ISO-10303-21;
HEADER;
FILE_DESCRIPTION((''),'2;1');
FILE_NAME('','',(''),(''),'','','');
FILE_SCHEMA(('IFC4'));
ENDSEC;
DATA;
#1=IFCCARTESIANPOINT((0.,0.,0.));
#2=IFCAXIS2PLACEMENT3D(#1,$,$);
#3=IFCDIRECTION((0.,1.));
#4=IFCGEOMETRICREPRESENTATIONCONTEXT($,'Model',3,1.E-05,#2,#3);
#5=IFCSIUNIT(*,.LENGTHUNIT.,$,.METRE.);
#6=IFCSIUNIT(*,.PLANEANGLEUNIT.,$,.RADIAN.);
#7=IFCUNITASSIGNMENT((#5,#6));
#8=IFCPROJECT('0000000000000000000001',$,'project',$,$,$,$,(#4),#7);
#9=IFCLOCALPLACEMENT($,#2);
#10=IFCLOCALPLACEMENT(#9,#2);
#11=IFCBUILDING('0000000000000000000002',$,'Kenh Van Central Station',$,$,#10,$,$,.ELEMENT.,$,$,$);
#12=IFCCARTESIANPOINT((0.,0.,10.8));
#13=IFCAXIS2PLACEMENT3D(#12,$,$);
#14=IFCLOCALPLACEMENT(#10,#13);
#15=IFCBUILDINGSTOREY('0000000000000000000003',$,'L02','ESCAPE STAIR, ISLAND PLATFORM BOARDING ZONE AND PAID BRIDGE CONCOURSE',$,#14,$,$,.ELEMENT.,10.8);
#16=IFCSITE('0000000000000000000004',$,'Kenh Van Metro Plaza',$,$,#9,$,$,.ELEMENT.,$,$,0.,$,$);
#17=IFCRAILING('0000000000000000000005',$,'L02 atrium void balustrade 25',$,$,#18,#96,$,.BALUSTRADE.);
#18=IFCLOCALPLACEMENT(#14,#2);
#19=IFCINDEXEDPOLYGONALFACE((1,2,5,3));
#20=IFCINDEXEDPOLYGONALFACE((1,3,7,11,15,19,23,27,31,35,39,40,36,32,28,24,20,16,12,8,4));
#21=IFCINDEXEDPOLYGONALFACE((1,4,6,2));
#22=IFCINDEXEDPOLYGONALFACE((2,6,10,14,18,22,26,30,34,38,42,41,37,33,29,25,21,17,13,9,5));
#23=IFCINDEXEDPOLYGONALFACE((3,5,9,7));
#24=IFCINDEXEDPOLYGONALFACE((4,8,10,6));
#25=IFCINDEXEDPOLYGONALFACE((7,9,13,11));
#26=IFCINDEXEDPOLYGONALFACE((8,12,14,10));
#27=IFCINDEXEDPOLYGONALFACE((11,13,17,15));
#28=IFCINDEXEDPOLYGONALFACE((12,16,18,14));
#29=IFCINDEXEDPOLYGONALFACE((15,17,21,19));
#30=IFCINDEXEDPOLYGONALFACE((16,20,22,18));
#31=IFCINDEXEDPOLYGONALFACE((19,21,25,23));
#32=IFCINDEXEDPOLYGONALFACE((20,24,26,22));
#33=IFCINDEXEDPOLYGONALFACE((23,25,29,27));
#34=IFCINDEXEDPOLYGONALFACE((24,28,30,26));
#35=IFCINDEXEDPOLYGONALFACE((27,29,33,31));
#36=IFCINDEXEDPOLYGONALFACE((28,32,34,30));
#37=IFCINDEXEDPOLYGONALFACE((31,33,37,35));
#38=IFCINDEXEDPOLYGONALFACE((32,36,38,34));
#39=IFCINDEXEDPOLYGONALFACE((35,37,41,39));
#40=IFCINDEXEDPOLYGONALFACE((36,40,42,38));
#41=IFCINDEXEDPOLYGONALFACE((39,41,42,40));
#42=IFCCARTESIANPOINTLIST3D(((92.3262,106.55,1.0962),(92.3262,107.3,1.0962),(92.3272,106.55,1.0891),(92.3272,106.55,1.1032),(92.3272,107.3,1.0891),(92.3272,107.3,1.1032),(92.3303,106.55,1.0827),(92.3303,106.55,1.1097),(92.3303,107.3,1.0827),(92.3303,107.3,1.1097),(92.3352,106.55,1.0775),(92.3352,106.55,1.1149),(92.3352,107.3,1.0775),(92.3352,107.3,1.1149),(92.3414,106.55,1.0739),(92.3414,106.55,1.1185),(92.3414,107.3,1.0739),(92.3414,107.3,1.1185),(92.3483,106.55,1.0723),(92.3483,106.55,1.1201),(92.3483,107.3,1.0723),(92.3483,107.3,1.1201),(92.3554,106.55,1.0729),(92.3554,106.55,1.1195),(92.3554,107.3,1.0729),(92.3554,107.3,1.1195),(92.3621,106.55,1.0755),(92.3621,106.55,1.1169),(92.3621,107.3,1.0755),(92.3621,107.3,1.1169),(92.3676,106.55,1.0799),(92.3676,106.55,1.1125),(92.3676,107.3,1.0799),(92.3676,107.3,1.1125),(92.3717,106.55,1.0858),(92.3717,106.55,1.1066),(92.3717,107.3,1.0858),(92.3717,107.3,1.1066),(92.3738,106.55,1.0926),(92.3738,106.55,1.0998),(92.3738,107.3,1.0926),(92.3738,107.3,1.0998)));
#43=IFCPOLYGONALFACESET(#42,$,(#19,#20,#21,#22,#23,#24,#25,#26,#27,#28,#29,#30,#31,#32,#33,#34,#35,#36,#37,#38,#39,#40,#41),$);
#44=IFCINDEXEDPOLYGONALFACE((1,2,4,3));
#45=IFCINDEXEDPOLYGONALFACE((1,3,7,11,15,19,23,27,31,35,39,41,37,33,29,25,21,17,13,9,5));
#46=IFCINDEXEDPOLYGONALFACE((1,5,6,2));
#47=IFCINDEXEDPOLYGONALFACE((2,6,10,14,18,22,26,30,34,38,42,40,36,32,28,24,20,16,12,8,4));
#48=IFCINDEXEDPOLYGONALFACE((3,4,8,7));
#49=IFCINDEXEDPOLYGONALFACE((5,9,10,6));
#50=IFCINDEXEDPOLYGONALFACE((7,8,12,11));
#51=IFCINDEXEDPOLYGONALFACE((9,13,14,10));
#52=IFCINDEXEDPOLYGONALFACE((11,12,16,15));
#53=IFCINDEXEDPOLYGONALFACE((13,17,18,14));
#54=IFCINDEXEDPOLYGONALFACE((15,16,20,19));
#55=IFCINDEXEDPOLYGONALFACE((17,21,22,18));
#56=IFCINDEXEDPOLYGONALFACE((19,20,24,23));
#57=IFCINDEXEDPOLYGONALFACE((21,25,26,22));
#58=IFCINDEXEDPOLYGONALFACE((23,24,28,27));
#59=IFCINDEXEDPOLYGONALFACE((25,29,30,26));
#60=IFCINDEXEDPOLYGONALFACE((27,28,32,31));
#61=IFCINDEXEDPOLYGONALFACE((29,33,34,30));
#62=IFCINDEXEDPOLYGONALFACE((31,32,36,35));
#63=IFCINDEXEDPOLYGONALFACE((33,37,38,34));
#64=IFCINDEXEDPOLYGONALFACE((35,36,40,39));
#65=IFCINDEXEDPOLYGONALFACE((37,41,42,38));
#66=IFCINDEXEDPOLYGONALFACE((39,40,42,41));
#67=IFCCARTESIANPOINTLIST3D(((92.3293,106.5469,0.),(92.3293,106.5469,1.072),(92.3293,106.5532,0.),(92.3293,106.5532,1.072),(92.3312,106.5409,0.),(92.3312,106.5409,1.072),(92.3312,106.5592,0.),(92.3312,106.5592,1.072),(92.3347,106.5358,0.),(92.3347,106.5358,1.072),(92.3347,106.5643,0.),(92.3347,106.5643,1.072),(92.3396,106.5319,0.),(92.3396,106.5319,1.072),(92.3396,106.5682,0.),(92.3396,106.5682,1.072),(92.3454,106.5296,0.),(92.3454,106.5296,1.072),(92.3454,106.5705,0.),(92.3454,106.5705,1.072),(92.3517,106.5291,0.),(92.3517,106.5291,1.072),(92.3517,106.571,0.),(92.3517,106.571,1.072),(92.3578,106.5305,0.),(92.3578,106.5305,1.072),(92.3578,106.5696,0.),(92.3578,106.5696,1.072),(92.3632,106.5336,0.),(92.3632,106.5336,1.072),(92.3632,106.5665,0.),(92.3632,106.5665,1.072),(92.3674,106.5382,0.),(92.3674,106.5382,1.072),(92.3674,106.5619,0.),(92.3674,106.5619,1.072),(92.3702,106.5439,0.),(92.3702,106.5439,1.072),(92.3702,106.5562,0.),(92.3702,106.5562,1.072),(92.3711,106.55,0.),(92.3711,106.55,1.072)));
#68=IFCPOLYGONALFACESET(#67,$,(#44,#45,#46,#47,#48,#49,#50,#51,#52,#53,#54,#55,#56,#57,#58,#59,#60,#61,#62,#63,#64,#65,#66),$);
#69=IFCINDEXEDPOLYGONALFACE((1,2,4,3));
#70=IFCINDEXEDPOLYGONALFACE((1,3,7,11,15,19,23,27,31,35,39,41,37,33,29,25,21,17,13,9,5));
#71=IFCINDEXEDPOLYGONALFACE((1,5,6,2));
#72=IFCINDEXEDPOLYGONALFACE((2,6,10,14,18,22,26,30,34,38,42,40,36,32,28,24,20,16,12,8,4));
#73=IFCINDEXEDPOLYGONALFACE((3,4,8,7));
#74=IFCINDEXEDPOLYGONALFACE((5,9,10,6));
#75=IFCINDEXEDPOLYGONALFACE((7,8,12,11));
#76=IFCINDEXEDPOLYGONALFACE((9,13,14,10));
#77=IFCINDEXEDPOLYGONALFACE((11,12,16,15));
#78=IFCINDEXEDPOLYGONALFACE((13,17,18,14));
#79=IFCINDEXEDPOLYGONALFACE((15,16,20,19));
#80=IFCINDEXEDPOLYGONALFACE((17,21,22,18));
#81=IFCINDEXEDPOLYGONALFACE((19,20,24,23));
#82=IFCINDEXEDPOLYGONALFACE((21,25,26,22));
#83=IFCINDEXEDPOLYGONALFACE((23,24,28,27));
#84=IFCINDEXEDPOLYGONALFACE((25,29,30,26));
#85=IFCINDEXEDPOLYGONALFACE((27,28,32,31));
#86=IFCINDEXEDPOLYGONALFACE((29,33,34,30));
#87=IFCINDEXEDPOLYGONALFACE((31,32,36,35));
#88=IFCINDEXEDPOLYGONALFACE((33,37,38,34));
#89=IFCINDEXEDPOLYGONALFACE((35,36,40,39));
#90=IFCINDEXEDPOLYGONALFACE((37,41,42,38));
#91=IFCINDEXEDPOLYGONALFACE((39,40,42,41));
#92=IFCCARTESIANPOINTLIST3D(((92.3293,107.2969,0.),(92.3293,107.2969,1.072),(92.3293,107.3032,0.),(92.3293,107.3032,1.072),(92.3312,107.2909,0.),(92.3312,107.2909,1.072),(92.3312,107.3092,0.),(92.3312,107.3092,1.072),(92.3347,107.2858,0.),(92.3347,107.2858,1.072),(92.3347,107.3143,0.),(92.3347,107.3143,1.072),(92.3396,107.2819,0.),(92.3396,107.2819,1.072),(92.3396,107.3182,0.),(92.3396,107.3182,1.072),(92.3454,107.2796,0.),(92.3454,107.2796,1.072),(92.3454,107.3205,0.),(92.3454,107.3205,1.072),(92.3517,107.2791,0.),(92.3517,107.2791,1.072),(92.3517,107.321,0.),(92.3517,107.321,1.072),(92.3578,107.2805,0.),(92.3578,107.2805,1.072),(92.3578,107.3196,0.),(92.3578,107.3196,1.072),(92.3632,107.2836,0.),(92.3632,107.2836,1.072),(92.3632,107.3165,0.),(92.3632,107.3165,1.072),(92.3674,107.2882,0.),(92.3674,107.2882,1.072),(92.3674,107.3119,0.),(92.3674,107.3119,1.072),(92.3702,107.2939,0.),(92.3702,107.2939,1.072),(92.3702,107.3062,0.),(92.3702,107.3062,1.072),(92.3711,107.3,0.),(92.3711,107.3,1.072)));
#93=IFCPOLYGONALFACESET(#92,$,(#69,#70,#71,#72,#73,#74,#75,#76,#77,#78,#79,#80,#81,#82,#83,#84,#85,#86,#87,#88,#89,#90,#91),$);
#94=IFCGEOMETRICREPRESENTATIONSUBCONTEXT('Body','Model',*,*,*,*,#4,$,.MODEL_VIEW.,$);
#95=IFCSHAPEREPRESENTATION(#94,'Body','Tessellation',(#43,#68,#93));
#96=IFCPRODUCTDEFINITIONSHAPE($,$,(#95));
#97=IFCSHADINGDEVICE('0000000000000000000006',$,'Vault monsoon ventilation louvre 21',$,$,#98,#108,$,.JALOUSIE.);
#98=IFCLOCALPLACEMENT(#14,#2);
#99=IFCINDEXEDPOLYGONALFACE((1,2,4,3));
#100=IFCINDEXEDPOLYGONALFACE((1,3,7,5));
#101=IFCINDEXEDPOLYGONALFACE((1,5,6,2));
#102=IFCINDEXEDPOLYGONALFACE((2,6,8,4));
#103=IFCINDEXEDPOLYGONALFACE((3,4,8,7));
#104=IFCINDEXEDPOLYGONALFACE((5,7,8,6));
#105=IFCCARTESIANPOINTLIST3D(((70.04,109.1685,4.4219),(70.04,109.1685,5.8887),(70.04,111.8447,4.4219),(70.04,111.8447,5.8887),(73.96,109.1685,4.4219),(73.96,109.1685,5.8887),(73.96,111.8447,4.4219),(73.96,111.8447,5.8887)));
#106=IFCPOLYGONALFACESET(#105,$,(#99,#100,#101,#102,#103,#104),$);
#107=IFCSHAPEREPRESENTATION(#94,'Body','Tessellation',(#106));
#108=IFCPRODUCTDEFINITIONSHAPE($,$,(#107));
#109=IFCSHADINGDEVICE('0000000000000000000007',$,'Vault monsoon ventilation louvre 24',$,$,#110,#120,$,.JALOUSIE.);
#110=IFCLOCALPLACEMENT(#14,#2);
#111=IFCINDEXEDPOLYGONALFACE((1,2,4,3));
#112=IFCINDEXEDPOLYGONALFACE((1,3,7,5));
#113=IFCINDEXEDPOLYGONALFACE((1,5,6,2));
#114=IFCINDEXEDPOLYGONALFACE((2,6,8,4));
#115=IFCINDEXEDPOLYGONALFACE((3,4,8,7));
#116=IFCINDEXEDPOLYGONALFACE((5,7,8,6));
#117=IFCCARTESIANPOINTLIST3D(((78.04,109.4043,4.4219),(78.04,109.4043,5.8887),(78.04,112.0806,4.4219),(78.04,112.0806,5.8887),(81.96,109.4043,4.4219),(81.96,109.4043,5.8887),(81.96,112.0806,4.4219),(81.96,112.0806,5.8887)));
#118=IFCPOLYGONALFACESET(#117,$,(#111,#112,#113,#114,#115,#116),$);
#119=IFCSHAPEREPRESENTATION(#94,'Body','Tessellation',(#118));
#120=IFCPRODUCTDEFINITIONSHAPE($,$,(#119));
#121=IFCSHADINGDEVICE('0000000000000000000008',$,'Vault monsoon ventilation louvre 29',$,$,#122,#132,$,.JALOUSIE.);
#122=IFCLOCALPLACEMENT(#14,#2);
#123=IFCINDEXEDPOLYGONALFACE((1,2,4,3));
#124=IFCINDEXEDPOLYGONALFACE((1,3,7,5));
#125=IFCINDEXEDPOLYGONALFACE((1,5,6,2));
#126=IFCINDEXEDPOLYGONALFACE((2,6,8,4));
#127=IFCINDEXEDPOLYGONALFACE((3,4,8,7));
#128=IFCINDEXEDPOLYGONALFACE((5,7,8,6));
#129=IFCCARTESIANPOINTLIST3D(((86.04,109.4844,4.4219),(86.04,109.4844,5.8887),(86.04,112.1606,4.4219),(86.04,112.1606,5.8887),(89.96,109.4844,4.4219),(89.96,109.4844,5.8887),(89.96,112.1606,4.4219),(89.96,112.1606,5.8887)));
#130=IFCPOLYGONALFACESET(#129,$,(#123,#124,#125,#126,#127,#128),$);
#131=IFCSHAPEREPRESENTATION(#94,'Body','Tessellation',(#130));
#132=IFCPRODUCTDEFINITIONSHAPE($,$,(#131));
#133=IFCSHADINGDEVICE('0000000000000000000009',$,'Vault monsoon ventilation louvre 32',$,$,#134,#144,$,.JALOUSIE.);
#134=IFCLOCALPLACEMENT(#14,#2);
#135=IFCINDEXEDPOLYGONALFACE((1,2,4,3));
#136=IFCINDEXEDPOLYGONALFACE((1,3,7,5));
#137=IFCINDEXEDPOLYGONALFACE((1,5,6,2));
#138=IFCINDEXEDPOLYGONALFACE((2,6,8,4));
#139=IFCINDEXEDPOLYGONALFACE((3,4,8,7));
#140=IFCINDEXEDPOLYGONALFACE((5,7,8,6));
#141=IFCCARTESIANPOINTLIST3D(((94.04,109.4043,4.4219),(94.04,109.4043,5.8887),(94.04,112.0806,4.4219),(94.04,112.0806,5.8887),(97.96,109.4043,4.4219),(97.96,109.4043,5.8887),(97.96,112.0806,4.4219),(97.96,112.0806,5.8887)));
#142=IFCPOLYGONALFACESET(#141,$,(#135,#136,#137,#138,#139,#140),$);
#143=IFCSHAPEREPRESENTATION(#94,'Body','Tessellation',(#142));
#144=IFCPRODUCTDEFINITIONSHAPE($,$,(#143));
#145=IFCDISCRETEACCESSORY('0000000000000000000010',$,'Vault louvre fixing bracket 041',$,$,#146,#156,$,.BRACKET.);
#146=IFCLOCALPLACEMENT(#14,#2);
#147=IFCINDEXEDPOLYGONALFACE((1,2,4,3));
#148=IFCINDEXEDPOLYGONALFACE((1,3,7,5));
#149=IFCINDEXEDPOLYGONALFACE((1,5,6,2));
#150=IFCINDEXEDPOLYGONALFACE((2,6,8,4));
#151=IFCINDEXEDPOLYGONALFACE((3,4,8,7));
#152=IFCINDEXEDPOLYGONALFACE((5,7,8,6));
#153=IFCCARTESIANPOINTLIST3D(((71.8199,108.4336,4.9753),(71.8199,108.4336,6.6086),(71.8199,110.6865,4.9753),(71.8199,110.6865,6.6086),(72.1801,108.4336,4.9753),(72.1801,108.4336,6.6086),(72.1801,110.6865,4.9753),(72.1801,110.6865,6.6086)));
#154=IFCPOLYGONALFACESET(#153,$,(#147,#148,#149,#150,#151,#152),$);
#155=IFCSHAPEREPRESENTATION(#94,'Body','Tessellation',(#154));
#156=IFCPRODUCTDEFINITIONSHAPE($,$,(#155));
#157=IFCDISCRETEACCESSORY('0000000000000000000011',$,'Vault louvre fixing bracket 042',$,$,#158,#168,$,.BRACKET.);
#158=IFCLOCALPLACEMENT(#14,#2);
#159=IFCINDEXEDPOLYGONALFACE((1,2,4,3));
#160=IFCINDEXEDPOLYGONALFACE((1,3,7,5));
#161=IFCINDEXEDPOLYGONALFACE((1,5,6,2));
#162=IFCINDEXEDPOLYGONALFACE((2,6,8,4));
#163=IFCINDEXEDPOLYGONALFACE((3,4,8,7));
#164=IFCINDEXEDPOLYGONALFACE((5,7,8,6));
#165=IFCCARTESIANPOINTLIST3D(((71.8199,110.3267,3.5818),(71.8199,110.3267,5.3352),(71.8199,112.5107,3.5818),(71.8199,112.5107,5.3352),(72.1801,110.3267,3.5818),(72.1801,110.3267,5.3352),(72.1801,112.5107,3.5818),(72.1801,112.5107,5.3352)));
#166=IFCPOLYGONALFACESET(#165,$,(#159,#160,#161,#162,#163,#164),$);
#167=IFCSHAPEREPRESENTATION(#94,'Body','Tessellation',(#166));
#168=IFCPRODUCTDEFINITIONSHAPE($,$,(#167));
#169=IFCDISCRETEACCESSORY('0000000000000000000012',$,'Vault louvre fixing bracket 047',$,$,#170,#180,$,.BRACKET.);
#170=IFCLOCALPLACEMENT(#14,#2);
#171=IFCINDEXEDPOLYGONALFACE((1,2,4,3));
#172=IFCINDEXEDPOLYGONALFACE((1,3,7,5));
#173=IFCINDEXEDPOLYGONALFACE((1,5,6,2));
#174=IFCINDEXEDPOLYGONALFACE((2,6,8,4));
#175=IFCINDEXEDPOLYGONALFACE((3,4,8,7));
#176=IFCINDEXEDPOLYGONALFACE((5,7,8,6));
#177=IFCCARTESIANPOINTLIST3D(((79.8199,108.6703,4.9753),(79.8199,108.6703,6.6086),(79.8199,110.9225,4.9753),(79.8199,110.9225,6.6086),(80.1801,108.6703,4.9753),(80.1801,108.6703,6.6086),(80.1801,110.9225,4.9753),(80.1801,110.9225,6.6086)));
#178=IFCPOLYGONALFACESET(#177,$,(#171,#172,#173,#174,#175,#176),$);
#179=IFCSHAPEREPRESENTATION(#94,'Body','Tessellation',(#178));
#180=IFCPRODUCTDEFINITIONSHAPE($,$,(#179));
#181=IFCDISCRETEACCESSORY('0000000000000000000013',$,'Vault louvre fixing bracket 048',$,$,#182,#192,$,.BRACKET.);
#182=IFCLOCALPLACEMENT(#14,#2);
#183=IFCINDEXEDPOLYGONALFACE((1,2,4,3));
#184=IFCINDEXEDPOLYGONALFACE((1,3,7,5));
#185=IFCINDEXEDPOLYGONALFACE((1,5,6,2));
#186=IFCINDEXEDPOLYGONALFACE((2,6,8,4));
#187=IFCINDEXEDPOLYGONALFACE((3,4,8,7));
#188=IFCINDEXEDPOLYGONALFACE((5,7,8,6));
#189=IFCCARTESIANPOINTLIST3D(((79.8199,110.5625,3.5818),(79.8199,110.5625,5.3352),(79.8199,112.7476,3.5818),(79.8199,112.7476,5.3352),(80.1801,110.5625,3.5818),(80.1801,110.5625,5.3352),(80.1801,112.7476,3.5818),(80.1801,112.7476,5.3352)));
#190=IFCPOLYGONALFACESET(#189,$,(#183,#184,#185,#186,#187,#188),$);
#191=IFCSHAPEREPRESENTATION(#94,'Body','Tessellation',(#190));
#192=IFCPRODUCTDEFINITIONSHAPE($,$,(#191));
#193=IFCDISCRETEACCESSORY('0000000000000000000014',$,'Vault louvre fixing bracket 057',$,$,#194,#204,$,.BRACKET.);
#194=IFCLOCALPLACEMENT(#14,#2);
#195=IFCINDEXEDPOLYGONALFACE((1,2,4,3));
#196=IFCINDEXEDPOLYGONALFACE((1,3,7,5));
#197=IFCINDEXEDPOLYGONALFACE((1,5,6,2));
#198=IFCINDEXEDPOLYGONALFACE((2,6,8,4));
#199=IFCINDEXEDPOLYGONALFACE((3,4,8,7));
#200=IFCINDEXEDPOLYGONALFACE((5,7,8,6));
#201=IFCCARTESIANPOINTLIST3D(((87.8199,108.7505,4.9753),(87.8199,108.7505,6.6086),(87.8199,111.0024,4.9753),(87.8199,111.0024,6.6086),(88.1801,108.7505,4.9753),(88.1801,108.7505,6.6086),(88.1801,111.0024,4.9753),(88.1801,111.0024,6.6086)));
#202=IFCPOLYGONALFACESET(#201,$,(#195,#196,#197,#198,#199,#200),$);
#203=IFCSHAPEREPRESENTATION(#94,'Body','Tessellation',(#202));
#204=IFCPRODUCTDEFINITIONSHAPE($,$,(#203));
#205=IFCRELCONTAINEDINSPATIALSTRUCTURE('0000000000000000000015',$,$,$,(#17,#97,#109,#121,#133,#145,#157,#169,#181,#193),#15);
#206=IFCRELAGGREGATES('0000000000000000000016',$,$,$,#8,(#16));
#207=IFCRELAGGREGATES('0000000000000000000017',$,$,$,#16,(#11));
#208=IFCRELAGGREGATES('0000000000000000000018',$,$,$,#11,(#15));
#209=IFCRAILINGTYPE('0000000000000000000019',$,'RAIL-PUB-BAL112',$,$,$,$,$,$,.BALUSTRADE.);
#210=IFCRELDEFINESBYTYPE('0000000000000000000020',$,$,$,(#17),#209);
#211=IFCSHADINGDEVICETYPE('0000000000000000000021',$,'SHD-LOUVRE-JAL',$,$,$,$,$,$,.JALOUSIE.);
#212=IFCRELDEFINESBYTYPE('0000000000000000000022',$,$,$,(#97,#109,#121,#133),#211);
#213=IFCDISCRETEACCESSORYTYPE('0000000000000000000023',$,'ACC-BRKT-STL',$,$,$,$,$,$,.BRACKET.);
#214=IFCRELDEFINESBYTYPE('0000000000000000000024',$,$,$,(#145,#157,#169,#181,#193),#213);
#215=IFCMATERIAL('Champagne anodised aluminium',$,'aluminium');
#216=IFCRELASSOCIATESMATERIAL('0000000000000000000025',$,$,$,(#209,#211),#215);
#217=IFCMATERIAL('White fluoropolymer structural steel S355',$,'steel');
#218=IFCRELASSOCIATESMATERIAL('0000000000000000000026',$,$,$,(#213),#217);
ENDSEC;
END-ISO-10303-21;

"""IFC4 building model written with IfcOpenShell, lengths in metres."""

from ifc_helpers import new_model, si_unit, direction, frame, origin, origin_2d, place, context, subcontext, project, spatial, rectangle, circle, extrude, material, type_object, element, save


model = new_model("IFC4")

# Units and contexts
model_context = context("Model", 3, precision=1e-05, world=origin(), true_north=direction((0.0, 1.0)))
body_context = subcontext(model_context, "Body", "Model", "MODEL_VIEW")
ifc_project = project(units=[si_unit("LENGTHUNIT", "METRE"), si_unit("PLANEANGLEUNIT", "RADIAN")], contexts=[model_context])

# Site, building, storey
site_placement = place(None, origin())
site = spatial("IfcSite", under=ifc_project, at=site_placement, Name="Kenh Van Metro Plaza", CompositionType="ELEMENT", RefElevation=0.0)
building_placement = place(site_placement, origin())
building = spatial("IfcBuilding", under=site, at=building_placement, Name="Kenh Van Central Station", CompositionType="ELEMENT")
storey_placement = place(building_placement, frame((0.0, 0.0, 10.8)))
storey = spatial("IfcBuildingStorey", under=building, at=storey_placement, Name="L02", Description="ESCAPE STAIR, ISLAND PLATFORM BOARDING ZONE AND PAID BRIDGE CONCOURSE", CompositionType="ELEMENT", Elevation=10.8)

# Shared definitions
ifc_material_1 = material(Name="White fluoropolymer structural steel S355", Category="steel")

# Railing
ifc_material_2 = material(Name="Champagne anodised aluminium", Category="aluminium")
railing_type_1 = type_object("IfcRailingType", Name="RAIL-PUB-BAL112", PredefinedType="BALUSTRADE", material=ifc_material_2)
for number, where, name in (
    (1, (92.3501, 106.55, 0.0), "L02 atrium void balustrade 25"),
):
    element("IfcRailing", number, at=place(storey_placement, frame(where)), inside=storey, type_object=railing_type_1, Name=name, PredefinedType="BALUSTRADE", context=body_context, shape_type="SweptSolid", body=[
        extrude(circle(Radius=0.0239, at=origin_2d()), frame((0.0, 0.0, 1.0962), z_axis=(0.0, 1.0, 0.0), x_axis=(-1.0, 0.0, 0.0)), (0.0, 0.0, 1.0), 0.75),
        extrude(circle(Radius=0.021, at=origin_2d()), origin(), (0.0, 0.0, 1.0), 1.072),
        extrude(circle(Radius=0.021, at=origin_2d()), frame((0.0, 0.75, 0.0)), (0.0, 0.0, 1.0), 1.072),
    ])

# Shading devices
shading_device_type = type_object("IfcShadingDeviceType", Name="SHD-LOUVRE-JAL", PredefinedType="JALOUSIE", material=ifc_material_2)
for number, where, z_axis, x_axis, name in (
    (2, (72.0, 110.5066, 4.4219), (0.0, 0.0, 1.0), (1.0, 0.0, 0.0), "Vault monsoon ventilation louvre 21"),
    (3, (80.0, 110.7424, 4.4219), (0.0, 0.0, 1.0), (1.0, 0.0, 0.0), "Vault monsoon ventilation louvre 24"),
    (4, (88.0, 110.8225, 4.4219), (0.0, 0.0, 1.0), (1.0, 0.0, 0.0), "Vault monsoon ventilation louvre 29"),
    (5, (96.0, 110.7424, 4.4219), (0.0, 0.0, 1.0), (1.0, 0.0, 0.0), "Vault monsoon ventilation louvre 32"),
):
    element("IfcShadingDevice", number, at=place(storey_placement, frame(where, z_axis=z_axis, x_axis=x_axis)), inside=storey, type_object=shading_device_type, Name=name, PredefinedType="JALOUSIE", context=body_context, shape_type="SweptSolid", body=[
        extrude(rectangle(XDim=3.9199, YDim=2.6763, at=origin_2d()), origin(), (0.0, 0.0, 1.0), 1.4668),
    ])

# Discrete accessories
discrete_accessory_type = type_object("IfcDiscreteAccessoryType", Name="ACC-BRKT-STL", PredefinedType="BRACKET", material=ifc_material_1)
discrete_accessory_1_placement = place(storey_placement, frame((72.0, 109.5601, 4.9753), z_axis=(0.0, 0.0, 1.0), x_axis=(1.0, 0.0, 0.0)))
element("IfcDiscreteAccessory", 6, at=discrete_accessory_1_placement, inside=storey, type_object=discrete_accessory_type, Name="Vault louvre fixing bracket 041", PredefinedType="BRACKET", context=body_context, shape_type="SweptSolid", body=[
    extrude(rectangle(XDim=0.3601, YDim=2.2529, at=origin_2d()), origin(), (0.0, 0.0, 1.0), 1.6333),
])
discrete_accessory_2_placement = place(storey_placement, frame((72.0, 111.4187, 3.5818), z_axis=(0.0, 0.0, 1.0), x_axis=(1.0, 0.0, 0.0)))
element("IfcDiscreteAccessory", 7, at=discrete_accessory_2_placement, inside=storey, type_object=discrete_accessory_type, Name="Vault louvre fixing bracket 042", PredefinedType="BRACKET", context=body_context, shape_type="SweptSolid", body=[
    extrude(rectangle(XDim=0.3601, YDim=2.1841, at=origin_2d()), origin(), (0.0, 0.0, 1.0), 1.7534),
])
discrete_accessory_3_placement = place(storey_placement, frame((80.0, 109.7964, 4.9753), z_axis=(0.0, 0.0, 1.0), x_axis=(1.0, 0.0, 0.0)))
element("IfcDiscreteAccessory", 8, at=discrete_accessory_3_placement, inside=storey, type_object=discrete_accessory_type, Name="Vault louvre fixing bracket 047", PredefinedType="BRACKET", context=body_context, shape_type="SweptSolid", body=[
    extrude(rectangle(XDim=0.3601, YDim=2.2522, at=origin_2d()), origin(), (0.0, 0.0, 1.0), 1.6333),
])
discrete_accessory_4_placement = place(storey_placement, frame((80.0, 111.655, 3.5818), z_axis=(0.0, 0.0, 1.0), x_axis=(1.0, 0.0, 0.0)))
element("IfcDiscreteAccessory", 9, at=discrete_accessory_4_placement, inside=storey, type_object=discrete_accessory_type, Name="Vault louvre fixing bracket 048", PredefinedType="BRACKET", context=body_context, shape_type="SweptSolid", body=[
    extrude(rectangle(XDim=0.3601, YDim=2.1851, at=origin_2d()), origin(), (0.0, 0.0, 1.0), 1.7534),
])
discrete_accessory_5_placement = place(storey_placement, frame((88.0, 109.8765, 4.9753), z_axis=(0.0, 0.0, 1.0), x_axis=(1.0, 0.0, 0.0)))
element("IfcDiscreteAccessory", 10, at=discrete_accessory_5_placement, inside=storey, type_object=discrete_accessory_type, Name="Vault louvre fixing bracket 057", PredefinedType="BRACKET", context=body_context, shape_type="SweptSolid", body=[
    extrude(rectangle(XDim=0.3601, YDim=2.252, at=origin_2d()), origin(), (0.0, 0.0, 1.0), 1.6333),
])

save(model, "model.ifc")
